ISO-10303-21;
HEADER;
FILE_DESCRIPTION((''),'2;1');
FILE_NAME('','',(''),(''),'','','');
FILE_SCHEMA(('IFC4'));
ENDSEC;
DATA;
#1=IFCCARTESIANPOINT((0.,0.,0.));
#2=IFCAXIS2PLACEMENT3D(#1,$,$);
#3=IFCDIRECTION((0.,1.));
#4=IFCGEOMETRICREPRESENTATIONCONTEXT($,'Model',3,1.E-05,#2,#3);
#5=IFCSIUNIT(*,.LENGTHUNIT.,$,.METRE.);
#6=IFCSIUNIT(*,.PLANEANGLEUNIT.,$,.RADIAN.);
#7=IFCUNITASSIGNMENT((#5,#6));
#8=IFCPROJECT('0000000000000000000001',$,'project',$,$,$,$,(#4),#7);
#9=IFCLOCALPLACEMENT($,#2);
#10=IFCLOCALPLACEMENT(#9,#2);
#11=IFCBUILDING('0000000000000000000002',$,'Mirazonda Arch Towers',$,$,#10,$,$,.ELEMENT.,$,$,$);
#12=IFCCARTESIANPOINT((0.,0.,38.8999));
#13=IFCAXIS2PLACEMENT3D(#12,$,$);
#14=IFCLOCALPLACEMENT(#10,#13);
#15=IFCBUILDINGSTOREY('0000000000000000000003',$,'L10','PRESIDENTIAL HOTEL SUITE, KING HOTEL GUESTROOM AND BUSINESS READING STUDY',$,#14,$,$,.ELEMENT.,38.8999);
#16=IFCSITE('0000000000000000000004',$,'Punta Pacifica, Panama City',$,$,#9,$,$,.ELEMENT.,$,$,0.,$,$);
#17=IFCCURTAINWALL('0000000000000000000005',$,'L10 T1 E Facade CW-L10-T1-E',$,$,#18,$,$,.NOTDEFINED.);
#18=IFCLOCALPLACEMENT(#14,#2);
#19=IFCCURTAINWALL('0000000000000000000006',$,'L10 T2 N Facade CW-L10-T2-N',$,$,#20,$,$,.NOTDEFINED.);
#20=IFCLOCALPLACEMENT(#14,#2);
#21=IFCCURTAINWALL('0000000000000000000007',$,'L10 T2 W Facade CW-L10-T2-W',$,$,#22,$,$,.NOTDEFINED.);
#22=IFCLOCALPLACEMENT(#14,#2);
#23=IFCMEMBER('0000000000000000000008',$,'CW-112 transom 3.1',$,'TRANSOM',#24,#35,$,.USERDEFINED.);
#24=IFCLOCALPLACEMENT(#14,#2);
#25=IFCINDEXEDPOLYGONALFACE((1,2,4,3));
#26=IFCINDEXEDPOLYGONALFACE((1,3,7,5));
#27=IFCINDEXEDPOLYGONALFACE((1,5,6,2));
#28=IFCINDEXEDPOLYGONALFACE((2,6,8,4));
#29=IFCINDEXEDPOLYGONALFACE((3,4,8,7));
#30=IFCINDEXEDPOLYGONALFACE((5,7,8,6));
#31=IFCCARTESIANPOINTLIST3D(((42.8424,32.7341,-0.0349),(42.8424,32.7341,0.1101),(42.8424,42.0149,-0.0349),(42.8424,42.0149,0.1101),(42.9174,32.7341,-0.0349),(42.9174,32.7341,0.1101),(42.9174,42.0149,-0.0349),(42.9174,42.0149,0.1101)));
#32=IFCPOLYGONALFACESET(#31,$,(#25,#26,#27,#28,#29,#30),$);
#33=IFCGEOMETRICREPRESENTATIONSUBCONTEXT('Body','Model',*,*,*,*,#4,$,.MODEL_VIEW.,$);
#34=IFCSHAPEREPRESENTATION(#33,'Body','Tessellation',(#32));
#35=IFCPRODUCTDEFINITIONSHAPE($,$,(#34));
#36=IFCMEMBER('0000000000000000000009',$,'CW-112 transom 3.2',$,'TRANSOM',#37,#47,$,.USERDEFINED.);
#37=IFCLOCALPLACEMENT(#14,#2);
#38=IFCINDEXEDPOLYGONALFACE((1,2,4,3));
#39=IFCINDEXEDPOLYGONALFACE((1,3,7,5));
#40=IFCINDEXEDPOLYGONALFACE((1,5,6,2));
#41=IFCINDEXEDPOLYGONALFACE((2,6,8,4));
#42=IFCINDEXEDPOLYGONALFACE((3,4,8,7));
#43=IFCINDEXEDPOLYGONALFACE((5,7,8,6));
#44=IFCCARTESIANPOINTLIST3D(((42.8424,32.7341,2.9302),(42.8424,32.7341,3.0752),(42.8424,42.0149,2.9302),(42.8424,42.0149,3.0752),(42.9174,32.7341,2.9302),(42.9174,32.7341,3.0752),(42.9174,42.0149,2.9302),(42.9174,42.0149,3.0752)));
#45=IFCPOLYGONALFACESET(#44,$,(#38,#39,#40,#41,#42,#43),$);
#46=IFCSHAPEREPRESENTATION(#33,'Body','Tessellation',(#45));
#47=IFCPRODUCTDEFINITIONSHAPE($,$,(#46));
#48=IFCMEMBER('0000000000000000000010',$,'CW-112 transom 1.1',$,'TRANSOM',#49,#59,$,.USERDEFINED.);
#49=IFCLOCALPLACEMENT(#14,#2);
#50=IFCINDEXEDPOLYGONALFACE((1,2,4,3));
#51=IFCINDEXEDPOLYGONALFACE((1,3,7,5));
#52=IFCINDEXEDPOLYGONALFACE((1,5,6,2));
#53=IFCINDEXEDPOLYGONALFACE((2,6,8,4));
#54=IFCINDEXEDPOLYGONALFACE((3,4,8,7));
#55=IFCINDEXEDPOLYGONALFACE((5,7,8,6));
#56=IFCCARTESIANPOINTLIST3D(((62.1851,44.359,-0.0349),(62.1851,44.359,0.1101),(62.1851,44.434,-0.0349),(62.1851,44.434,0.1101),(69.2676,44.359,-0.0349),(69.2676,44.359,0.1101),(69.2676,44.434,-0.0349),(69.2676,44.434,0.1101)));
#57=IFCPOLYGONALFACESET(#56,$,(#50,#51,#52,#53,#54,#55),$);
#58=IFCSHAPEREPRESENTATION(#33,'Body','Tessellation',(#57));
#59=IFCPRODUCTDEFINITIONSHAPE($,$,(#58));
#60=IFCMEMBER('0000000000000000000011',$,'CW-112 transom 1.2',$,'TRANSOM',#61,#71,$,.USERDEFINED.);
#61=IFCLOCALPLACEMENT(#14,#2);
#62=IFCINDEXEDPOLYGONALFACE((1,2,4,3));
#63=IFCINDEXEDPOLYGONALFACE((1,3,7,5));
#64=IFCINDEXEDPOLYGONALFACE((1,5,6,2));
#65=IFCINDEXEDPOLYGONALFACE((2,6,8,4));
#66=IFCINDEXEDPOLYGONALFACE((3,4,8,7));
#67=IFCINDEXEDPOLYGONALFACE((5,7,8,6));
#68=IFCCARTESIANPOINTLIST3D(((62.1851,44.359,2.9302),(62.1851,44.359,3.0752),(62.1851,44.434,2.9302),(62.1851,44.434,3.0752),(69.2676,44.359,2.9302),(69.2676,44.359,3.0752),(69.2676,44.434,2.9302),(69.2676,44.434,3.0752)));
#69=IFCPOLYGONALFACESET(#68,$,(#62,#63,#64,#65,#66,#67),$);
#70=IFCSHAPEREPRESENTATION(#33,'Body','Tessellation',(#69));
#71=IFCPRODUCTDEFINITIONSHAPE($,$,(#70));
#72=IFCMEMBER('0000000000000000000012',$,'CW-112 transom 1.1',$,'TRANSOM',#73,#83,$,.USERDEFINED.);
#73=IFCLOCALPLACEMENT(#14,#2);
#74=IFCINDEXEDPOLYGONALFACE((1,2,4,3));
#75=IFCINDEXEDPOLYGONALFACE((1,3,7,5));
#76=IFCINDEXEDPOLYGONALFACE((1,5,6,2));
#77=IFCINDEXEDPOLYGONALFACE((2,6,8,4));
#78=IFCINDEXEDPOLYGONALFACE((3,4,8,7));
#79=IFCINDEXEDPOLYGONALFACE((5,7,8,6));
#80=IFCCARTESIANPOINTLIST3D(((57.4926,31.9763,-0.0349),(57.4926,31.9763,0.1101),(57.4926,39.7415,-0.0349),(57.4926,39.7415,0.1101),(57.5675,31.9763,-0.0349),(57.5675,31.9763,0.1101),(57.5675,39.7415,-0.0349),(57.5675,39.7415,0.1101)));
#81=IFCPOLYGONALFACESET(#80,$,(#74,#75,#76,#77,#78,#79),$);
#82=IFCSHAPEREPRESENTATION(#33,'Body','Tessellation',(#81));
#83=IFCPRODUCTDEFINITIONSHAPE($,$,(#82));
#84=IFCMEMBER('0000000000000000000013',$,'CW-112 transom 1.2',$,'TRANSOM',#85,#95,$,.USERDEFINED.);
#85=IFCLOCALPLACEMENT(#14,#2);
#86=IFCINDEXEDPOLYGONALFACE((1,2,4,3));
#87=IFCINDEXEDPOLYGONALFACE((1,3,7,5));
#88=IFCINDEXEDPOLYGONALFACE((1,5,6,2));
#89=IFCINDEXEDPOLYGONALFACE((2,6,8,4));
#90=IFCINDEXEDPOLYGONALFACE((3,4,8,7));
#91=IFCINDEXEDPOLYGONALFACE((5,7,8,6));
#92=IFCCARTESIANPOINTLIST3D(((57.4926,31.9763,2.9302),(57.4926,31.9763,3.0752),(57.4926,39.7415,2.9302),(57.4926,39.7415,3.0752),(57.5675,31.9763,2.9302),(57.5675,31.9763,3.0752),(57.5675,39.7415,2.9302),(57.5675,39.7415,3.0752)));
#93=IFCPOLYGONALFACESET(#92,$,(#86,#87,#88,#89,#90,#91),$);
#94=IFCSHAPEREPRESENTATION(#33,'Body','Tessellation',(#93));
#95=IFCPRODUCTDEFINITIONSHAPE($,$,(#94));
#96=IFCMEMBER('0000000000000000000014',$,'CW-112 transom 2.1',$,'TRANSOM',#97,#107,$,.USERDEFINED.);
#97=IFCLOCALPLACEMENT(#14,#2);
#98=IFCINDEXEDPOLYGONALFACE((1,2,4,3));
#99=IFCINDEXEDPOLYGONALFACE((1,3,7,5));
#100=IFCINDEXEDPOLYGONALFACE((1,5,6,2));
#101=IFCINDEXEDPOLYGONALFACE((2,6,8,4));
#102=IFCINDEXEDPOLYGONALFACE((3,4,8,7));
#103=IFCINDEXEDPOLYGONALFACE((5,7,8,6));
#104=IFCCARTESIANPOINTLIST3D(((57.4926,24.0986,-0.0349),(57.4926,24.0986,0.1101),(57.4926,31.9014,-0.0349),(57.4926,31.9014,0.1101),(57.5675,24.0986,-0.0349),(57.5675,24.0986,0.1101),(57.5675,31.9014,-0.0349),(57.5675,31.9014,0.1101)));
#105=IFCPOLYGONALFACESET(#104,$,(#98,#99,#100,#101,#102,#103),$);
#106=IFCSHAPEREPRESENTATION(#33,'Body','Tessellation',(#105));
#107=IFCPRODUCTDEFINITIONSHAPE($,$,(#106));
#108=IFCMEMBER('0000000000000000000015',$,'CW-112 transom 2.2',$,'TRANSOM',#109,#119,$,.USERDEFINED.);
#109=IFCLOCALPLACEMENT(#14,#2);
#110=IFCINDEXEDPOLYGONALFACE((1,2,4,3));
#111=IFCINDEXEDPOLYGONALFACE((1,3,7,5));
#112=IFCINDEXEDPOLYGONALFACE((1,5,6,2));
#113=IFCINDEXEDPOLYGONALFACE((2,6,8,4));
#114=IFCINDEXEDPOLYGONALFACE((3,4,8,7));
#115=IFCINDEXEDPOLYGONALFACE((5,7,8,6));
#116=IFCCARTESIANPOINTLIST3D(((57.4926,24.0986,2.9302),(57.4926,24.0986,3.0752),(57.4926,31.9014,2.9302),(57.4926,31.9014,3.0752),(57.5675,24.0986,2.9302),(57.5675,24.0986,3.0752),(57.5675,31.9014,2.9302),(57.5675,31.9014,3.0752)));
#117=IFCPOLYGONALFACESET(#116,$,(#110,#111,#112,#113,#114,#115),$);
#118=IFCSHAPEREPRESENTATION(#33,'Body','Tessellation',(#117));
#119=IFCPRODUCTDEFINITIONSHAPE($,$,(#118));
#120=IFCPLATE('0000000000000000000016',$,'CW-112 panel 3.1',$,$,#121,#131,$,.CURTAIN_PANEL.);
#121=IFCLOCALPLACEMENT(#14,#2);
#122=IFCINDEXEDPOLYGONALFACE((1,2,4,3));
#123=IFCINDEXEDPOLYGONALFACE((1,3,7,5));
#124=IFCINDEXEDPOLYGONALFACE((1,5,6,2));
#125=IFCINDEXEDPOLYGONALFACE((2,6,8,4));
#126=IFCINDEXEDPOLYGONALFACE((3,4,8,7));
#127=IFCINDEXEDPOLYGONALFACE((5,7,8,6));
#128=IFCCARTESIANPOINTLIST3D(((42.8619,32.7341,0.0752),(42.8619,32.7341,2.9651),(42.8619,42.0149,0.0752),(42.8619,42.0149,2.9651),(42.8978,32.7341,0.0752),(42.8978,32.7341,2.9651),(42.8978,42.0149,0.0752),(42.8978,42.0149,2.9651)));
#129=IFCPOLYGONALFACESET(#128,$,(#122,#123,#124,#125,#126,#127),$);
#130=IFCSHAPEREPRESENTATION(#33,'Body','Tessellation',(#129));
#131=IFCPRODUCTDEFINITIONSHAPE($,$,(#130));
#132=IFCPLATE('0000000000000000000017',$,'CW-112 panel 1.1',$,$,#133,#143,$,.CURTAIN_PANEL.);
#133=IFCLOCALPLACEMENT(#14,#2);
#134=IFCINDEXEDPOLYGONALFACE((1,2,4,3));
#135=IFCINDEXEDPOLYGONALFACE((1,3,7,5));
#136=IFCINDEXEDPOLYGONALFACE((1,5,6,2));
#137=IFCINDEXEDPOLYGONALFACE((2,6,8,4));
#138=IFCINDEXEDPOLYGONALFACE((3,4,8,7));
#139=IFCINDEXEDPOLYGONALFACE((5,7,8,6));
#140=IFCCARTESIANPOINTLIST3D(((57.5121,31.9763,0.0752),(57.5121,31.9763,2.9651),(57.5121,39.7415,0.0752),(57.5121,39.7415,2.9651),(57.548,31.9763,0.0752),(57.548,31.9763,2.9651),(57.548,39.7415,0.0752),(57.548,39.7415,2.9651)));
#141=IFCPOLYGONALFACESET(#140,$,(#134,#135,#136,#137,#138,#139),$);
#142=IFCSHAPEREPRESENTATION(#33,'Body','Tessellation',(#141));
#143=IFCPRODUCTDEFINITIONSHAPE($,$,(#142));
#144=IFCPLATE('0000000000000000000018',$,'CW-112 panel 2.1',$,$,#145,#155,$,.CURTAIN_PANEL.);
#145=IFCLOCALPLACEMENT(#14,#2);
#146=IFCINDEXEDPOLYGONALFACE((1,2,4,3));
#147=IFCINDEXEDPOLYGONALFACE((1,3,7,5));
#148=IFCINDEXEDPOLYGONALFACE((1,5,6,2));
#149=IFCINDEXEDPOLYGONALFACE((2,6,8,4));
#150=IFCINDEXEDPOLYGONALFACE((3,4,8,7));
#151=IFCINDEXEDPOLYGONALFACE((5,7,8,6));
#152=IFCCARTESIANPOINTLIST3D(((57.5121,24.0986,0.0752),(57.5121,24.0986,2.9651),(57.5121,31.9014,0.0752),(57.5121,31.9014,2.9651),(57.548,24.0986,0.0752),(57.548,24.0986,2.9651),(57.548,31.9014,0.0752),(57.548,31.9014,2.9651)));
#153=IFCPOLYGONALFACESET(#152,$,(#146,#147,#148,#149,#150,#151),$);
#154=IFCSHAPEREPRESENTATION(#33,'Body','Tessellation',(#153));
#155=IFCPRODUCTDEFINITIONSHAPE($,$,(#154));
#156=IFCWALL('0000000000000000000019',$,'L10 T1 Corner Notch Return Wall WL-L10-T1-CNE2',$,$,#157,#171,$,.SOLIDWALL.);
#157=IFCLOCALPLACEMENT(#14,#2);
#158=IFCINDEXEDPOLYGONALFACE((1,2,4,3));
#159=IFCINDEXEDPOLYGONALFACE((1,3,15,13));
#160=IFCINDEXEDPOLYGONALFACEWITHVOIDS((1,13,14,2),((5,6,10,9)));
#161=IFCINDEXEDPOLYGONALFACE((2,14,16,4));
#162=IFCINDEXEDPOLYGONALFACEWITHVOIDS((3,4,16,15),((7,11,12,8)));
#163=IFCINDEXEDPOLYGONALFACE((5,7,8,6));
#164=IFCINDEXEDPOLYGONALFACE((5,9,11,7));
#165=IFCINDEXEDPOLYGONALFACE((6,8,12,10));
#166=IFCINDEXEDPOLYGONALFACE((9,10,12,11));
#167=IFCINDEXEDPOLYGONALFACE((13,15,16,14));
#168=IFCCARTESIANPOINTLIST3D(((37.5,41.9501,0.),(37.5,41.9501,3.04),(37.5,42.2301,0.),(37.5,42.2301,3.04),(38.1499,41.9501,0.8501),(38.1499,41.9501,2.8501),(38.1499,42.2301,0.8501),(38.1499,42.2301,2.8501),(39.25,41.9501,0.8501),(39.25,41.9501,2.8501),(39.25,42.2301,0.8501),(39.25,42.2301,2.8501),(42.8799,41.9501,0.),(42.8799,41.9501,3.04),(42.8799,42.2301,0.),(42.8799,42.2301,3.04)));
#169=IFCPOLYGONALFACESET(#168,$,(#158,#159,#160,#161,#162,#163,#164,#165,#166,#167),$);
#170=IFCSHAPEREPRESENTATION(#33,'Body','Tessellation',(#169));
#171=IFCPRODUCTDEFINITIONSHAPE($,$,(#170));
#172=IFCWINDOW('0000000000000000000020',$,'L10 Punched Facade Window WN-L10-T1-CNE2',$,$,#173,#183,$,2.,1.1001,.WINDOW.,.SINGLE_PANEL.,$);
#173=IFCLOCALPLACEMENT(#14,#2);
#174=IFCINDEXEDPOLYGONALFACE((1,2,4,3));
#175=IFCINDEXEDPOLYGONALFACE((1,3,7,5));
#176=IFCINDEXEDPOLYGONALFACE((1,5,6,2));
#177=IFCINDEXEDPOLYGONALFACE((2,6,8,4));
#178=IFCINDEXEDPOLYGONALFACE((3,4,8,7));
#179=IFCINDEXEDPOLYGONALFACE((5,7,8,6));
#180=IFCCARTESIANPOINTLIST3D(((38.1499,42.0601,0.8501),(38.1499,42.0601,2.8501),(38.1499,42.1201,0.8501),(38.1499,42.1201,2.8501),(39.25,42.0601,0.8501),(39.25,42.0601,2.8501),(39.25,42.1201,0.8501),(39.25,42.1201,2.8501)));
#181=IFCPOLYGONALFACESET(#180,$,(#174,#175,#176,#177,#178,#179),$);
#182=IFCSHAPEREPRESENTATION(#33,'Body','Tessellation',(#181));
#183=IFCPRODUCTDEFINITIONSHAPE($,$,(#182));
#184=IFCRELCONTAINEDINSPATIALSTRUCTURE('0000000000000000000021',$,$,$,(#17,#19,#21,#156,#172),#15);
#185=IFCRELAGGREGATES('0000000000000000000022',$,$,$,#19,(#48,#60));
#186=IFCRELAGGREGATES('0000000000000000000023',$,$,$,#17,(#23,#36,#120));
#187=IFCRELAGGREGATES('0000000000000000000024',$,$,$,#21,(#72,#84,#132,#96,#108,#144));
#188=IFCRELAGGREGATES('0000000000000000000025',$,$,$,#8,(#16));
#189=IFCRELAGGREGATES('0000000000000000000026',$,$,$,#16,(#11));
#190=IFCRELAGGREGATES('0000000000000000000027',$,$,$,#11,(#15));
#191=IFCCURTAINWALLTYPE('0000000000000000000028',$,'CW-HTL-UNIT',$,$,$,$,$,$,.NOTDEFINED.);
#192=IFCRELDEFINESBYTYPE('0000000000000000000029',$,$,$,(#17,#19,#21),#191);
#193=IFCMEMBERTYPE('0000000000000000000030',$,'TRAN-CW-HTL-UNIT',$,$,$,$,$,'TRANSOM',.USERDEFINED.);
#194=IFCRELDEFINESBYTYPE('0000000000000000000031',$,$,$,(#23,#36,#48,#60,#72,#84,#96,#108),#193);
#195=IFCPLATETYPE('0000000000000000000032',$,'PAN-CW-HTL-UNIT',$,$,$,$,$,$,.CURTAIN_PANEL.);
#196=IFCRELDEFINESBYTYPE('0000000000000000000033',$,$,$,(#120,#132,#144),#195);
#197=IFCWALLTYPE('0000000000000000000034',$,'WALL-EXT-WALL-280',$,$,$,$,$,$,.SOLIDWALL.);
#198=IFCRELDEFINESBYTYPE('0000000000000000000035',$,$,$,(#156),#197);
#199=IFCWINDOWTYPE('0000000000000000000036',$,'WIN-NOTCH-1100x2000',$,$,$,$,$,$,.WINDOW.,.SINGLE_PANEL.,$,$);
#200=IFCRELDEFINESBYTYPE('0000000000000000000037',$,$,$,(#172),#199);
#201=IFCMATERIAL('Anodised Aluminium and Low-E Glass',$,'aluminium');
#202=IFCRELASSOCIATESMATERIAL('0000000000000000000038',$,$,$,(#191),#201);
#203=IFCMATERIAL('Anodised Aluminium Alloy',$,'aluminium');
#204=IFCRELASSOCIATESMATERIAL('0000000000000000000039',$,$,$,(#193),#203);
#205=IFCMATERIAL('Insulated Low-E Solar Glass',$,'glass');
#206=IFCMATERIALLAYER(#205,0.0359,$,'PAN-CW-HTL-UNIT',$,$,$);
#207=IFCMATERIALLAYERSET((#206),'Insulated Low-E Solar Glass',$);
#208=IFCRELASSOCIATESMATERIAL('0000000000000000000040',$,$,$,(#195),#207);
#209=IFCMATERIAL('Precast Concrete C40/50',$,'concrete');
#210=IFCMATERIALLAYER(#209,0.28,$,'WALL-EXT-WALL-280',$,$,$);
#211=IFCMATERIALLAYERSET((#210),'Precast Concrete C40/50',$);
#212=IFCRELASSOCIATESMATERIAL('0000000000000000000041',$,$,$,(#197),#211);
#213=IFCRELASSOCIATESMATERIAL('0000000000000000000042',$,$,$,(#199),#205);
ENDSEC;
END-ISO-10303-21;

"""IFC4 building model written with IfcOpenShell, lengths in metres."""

from ifc_helpers import new_model, si_unit, direction, frame, frame_2d, origin, origin_2d, place, context, subcontext, project, spatial, rectangle, extrude, material, layer, layer_set, material_profile, profile_set, type_object, element, fill, aggregate, save


model = new_model("IFC4")

# Units and contexts
model_context = context("Model", 3, precision=1e-05, world=origin(), true_north=direction((0.0, 1.0)))
body_context = subcontext(model_context, "Body", "Model", "MODEL_VIEW")
ifc_project = project(units=[si_unit("LENGTHUNIT", "METRE"), si_unit("PLANEANGLEUNIT", "RADIAN")], contexts=[model_context])

# Site, building, storey
site_placement = place(None, origin())
site = spatial("IfcSite", under=ifc_project, at=site_placement, Name="Punta Pacifica, Panama City", CompositionType="ELEMENT", RefElevation=0.0)
building_placement = place(site_placement, origin())
building = spatial("IfcBuilding", under=site, at=building_placement, Name="Mirazonda Arch Towers", CompositionType="ELEMENT")
storey_placement = place(building_placement, frame((0.0, 0.0, 38.8999)))
storey = spatial("IfcBuildingStorey", under=building, at=storey_placement, Name="L10", Description="PRESIDENTIAL HOTEL SUITE, KING HOTEL GUESTROOM AND BUSINESS READING STUDY", CompositionType="ELEMENT", Elevation=38.8999)

# Curtain wall
ifc_material_1 = material(Name="Anodised Aluminium and Low-E Glass", Category="aluminium")
curtain_wall_type = type_object("IfcCurtainWallType", Name="CW-HTL-UNIT", PredefinedType="NOTDEFINED", material=ifc_material_1)
curtain_wall_1_placement = place(storey_placement, origin())
curtain_wall_1 = element("IfcCurtainWall", 1, at=curtain_wall_1_placement, inside=storey, type_object=curtain_wall_type, Name="L10 T1 E Facade CW-L10-T1-E", PredefinedType="NOTDEFINED")
ifc_material_2 = material(Name="Anodised Aluminium Alloy", Category="aluminium")

# Curtain wall
curtain_wall_2_placement = place(storey_placement, origin())
curtain_wall_2 = element("IfcCurtainWall", 2, at=curtain_wall_2_placement, inside=storey, type_object=curtain_wall_type, Name="L10 T2 N Facade CW-L10-T2-N", PredefinedType="NOTDEFINED")

# Curtain wall
curtain_wall_3_placement = place(storey_placement, origin())
curtain_wall_3 = element("IfcCurtainWall", 3, at=curtain_wall_3_placement, inside=storey, type_object=curtain_wall_type, Name="L10 T2 W Facade CW-L10-T2-W", PredefinedType="NOTDEFINED")

# Members
ifc_material_profile_1 = material_profile(ifc_material_2, rectangle(XDim=0.075, YDim=0.145, at=origin_2d()), Name="ALU-TRAN-75x145")
ifc_profile_set_1 = profile_set([ifc_material_profile_1], Name="Anodised Aluminium Alloy")
member_type_1 = type_object("IfcMemberType", Name="TRAN-CW-HTL-UNIT", ElementType="TRANSOM", PredefinedType="USERDEFINED", material=ifc_profile_set_1)
member_1_placement = place(storey_placement, frame((42.8799, 32.7341, 0.0376), z_axis=(0.0, 1.0, 0.0), x_axis=(-1.0, 0.0, 0.0)))
member_1 = element("IfcMember", 4, at=member_1_placement, type_object=member_type_1, Name="CW-112 transom 3.1", ObjectType="TRANSOM", PredefinedType="USERDEFINED", context=body_context, shape_type="SweptSolid", body=[
    extrude(rectangle(XDim=0.075, YDim=0.145, at=origin_2d()), origin(), (0.0, 0.0, 1.0), 9.2808),
])
member_2_placement = place(storey_placement, frame((42.8799, 32.7341, 3.0027), z_axis=(0.0, 1.0, 0.0), x_axis=(-1.0, 0.0, 0.0)))
member_2 = element("IfcMember", 5, at=member_2_placement, type_object=member_type_1, Name="CW-112 transom 3.2", ObjectType="TRANSOM", PredefinedType="USERDEFINED", context=body_context, shape_type="SweptSolid", body=[
    extrude(rectangle(XDim=0.075, YDim=0.145, at=origin_2d()), origin(), (0.0, 0.0, 1.0), 9.2808),
])
member_3_placement = place(storey_placement, frame((62.1851, 44.3965, 0.0376), z_axis=(1.0, 0.0, 0.0), x_axis=(0.0, 1.0, 0.0)))
member_3 = element("IfcMember", 6, at=member_3_placement, type_object=member_type_1, Name="CW-112 transom 1.1", ObjectType="TRANSOM", PredefinedType="USERDEFINED", context=body_context, shape_type="SweptSolid", body=[
    extrude(rectangle(XDim=0.075, YDim=0.145, at=origin_2d()), origin(), (0.0, 0.0, 1.0), 7.0825),
])
member_4_placement = place(storey_placement, frame((62.1851, 44.3965, 3.0027), z_axis=(1.0, 0.0, 0.0), x_axis=(0.0, 1.0, 0.0)))
member_4 = element("IfcMember", 7, at=member_4_placement, type_object=member_type_1, Name="CW-112 transom 1.2", ObjectType="TRANSOM", PredefinedType="USERDEFINED", context=body_context, shape_type="SweptSolid", body=[
    extrude(rectangle(XDim=0.075, YDim=0.145, at=origin_2d()), origin(), (0.0, 0.0, 1.0), 7.0825),
])
aggregate(curtain_wall_2, [member_3, member_4])
member_5_placement = place(storey_placement, frame((57.53, 39.7415, 0.0376), z_axis=(0.0, -1.0, 0.0), x_axis=(1.0, 0.0, 0.0)))
member_5 = element("IfcMember", 8, at=member_5_placement, type_object=member_type_1, Name="CW-112 transom 1.1", ObjectType="TRANSOM", PredefinedType="USERDEFINED", context=body_context, shape_type="SweptSolid", body=[
    extrude(rectangle(XDim=0.075, YDim=0.145, at=origin_2d()), origin(), (0.0, 0.0, 1.0), 7.7651),
])
member_6_placement = place(storey_placement, frame((57.53, 39.7415, 3.0027), z_axis=(0.0, -1.0, 0.0), x_axis=(1.0, 0.0, 0.0)))
member_6 = element("IfcMember", 9, at=member_6_placement, type_object=member_type_1, Name="CW-112 transom 1.2", ObjectType="TRANSOM", PredefinedType="USERDEFINED", context=body_context, shape_type="SweptSolid", body=[
    extrude(rectangle(XDim=0.075, YDim=0.145, at=origin_2d()), origin(), (0.0, 0.0, 1.0), 7.7651),
])
member_7_placement = place(storey_placement, frame((57.53, 31.9014, 0.0376), z_axis=(0.0, -1.0, 0.0), x_axis=(1.0, 0.0, 0.0)))
member_7 = element("IfcMember", 10, at=member_7_placement, type_object=member_type_1, Name="CW-112 transom 2.1", ObjectType="TRANSOM", PredefinedType="USERDEFINED", context=body_context, shape_type="SweptSolid", body=[
    extrude(rectangle(XDim=0.075, YDim=0.145, at=origin_2d()), origin(), (0.0, 0.0, 1.0), 7.8027),
])
member_8_placement = place(storey_placement, frame((57.53, 31.9014, 3.0027), z_axis=(0.0, -1.0, 0.0), x_axis=(1.0, 0.0, 0.0)))
member_8 = element("IfcMember", 11, at=member_8_placement, type_object=member_type_1, Name="CW-112 transom 2.2", ObjectType="TRANSOM", PredefinedType="USERDEFINED", context=body_context, shape_type="SweptSolid", body=[
    extrude(rectangle(XDim=0.075, YDim=0.145, at=origin_2d()), origin(), (0.0, 0.0, 1.0), 7.8027),
])

# Plates
ifc_material_3 = material(Name="Insulated Low-E Solar Glass", Category="glass")
ifc_layer_1 = layer(ifc_material_3, 0.0359, Name="PAN-CW-HTL-UNIT")
ifc_layer_set_1 = layer_set([ifc_layer_1], Name="Insulated Low-E Solar Glass")
plate_type = type_object("IfcPlateType", Name="PAN-CW-HTL-UNIT", PredefinedType="CURTAIN_PANEL", material=ifc_layer_set_1)
plate_1_placement = place(storey_placement, frame((42.8799, 37.3745, 0.0752), z_axis=(0.0, 0.0, 1.0), x_axis=(0.0, 1.0, 0.0)))
plate_1 = element("IfcPlate", 12, at=plate_1_placement, type_object=plate_type, Name="CW-112 panel 3.1", PredefinedType="CURTAIN_PANEL", context=body_context, shape_type="SweptSolid", body=[
    extrude(rectangle(XDim=9.2808, YDim=0.0359, at=origin_2d()), origin(), (0.0, 0.0, 1.0), 2.8899),
])
aggregate(curtain_wall_1, [member_1, member_2, plate_1])
plate_2_placement = place(storey_placement, frame((57.53, 35.8589, 0.0752), z_axis=(0.0, 0.0, 1.0), x_axis=(0.0, -1.0, 0.0)))
plate_2 = element("IfcPlate", 13, at=plate_2_placement, type_object=plate_type, Name="CW-112 panel 1.1", PredefinedType="CURTAIN_PANEL", context=body_context, shape_type="SweptSolid", body=[
    extrude(rectangle(XDim=7.7651, YDim=0.0359, at=origin_2d()), origin(), (0.0, 0.0, 1.0), 2.8899),
])
plate_3_placement = place(storey_placement, frame((57.53, 28.0, 0.0752), z_axis=(0.0, 0.0, 1.0), x_axis=(0.0, -1.0, 0.0)))
plate_3 = element("IfcPlate", 14, at=plate_3_placement, type_object=plate_type, Name="CW-112 panel 2.1", PredefinedType="CURTAIN_PANEL", context=body_context, shape_type="SweptSolid", body=[
    extrude(rectangle(XDim=7.8027, YDim=0.0359, at=origin_2d()), origin(), (0.0, 0.0, 1.0), 2.8899),
])
aggregate(curtain_wall_3, [member_5, member_6, plate_2, member_7, member_8, plate_3])

# Wall, opening, window
ifc_material_4 = material(Name="Precast Concrete C40/50", Category="concrete")
ifc_layer_2 = layer(ifc_material_4, 0.28, Name="WALL-EXT-WALL-280")
ifc_layer_set_2 = layer_set([ifc_layer_2], Name="Precast Concrete C40/50")
wall_type_1 = type_object("IfcWallType", Name="WALL-EXT-WALL-280", PredefinedType="SOLIDWALL", material=ifc_layer_set_2)
wall_1_placement = place(storey_placement, frame((42.8799, 42.0901, 0.0), z_axis=(0.0, 0.0, 1.0), x_axis=(-1.0, 0.0, 0.0)))
wall_1 = element("IfcWall", 15, at=wall_1_placement, inside=storey, type_object=wall_type_1, Name="L10 T1 Corner Notch Return Wall WL-L10-T1-CNE2", PredefinedType="SOLIDWALL", context=body_context, shape_type="SweptSolid", body=[
    extrude(rectangle(XDim=5.3799, YDim=0.28, at=frame_2d((2.6899, 0.0))), origin(), (0.0, 0.0, 1.0), 3.04),
])
opening_1_placement = place(wall_1_placement, frame((3.6299, 0.0, 0.8501)))
opening_1 = element("IfcOpeningElement", 16, at=opening_1_placement, cuts=wall_1, PredefinedType="OPENING", context=body_context, shape_type="SweptSolid", body=[
    extrude(rectangle(XDim=1.1001, YDim=2.0, at=frame_2d((0.55, 1.0))), frame((0.0, 0.1499, 0.0), z_axis=(0.0, -1.0, 0.0), x_axis=(1.0, 0.0, 0.0)), (0.0, 0.0, 1.0), 0.3),
])
window_type = type_object("IfcWindowType", Name="WIN-NOTCH-1100x2000", PartitioningType="SINGLE_PANEL", PredefinedType="WINDOW", material=ifc_material_3)
window_1_placement = place(opening_1_placement, origin())
window_1 = element("IfcWindow", 17, at=window_1_placement, inside=storey, type_object=window_type, Name="L10 Punched Facade Window WN-L10-T1-CNE2", OverallHeight=2.0, OverallWidth=1.1001, PartitioningType="SINGLE_PANEL", PredefinedType="WINDOW", context=body_context, shape_type="SweptSolid", body=[
    extrude(rectangle(XDim=1.1001, YDim=2.0, at=frame_2d((0.55, 1.0))), frame((0.0, 0.03, 0.0), z_axis=(0.0, -1.0, 0.0), x_axis=(1.0, 0.0, 0.0)), (0.0, 0.0, 1.0), 0.0601),
])
fill(opening_1, window_1)

save(model, "model.ifc")
